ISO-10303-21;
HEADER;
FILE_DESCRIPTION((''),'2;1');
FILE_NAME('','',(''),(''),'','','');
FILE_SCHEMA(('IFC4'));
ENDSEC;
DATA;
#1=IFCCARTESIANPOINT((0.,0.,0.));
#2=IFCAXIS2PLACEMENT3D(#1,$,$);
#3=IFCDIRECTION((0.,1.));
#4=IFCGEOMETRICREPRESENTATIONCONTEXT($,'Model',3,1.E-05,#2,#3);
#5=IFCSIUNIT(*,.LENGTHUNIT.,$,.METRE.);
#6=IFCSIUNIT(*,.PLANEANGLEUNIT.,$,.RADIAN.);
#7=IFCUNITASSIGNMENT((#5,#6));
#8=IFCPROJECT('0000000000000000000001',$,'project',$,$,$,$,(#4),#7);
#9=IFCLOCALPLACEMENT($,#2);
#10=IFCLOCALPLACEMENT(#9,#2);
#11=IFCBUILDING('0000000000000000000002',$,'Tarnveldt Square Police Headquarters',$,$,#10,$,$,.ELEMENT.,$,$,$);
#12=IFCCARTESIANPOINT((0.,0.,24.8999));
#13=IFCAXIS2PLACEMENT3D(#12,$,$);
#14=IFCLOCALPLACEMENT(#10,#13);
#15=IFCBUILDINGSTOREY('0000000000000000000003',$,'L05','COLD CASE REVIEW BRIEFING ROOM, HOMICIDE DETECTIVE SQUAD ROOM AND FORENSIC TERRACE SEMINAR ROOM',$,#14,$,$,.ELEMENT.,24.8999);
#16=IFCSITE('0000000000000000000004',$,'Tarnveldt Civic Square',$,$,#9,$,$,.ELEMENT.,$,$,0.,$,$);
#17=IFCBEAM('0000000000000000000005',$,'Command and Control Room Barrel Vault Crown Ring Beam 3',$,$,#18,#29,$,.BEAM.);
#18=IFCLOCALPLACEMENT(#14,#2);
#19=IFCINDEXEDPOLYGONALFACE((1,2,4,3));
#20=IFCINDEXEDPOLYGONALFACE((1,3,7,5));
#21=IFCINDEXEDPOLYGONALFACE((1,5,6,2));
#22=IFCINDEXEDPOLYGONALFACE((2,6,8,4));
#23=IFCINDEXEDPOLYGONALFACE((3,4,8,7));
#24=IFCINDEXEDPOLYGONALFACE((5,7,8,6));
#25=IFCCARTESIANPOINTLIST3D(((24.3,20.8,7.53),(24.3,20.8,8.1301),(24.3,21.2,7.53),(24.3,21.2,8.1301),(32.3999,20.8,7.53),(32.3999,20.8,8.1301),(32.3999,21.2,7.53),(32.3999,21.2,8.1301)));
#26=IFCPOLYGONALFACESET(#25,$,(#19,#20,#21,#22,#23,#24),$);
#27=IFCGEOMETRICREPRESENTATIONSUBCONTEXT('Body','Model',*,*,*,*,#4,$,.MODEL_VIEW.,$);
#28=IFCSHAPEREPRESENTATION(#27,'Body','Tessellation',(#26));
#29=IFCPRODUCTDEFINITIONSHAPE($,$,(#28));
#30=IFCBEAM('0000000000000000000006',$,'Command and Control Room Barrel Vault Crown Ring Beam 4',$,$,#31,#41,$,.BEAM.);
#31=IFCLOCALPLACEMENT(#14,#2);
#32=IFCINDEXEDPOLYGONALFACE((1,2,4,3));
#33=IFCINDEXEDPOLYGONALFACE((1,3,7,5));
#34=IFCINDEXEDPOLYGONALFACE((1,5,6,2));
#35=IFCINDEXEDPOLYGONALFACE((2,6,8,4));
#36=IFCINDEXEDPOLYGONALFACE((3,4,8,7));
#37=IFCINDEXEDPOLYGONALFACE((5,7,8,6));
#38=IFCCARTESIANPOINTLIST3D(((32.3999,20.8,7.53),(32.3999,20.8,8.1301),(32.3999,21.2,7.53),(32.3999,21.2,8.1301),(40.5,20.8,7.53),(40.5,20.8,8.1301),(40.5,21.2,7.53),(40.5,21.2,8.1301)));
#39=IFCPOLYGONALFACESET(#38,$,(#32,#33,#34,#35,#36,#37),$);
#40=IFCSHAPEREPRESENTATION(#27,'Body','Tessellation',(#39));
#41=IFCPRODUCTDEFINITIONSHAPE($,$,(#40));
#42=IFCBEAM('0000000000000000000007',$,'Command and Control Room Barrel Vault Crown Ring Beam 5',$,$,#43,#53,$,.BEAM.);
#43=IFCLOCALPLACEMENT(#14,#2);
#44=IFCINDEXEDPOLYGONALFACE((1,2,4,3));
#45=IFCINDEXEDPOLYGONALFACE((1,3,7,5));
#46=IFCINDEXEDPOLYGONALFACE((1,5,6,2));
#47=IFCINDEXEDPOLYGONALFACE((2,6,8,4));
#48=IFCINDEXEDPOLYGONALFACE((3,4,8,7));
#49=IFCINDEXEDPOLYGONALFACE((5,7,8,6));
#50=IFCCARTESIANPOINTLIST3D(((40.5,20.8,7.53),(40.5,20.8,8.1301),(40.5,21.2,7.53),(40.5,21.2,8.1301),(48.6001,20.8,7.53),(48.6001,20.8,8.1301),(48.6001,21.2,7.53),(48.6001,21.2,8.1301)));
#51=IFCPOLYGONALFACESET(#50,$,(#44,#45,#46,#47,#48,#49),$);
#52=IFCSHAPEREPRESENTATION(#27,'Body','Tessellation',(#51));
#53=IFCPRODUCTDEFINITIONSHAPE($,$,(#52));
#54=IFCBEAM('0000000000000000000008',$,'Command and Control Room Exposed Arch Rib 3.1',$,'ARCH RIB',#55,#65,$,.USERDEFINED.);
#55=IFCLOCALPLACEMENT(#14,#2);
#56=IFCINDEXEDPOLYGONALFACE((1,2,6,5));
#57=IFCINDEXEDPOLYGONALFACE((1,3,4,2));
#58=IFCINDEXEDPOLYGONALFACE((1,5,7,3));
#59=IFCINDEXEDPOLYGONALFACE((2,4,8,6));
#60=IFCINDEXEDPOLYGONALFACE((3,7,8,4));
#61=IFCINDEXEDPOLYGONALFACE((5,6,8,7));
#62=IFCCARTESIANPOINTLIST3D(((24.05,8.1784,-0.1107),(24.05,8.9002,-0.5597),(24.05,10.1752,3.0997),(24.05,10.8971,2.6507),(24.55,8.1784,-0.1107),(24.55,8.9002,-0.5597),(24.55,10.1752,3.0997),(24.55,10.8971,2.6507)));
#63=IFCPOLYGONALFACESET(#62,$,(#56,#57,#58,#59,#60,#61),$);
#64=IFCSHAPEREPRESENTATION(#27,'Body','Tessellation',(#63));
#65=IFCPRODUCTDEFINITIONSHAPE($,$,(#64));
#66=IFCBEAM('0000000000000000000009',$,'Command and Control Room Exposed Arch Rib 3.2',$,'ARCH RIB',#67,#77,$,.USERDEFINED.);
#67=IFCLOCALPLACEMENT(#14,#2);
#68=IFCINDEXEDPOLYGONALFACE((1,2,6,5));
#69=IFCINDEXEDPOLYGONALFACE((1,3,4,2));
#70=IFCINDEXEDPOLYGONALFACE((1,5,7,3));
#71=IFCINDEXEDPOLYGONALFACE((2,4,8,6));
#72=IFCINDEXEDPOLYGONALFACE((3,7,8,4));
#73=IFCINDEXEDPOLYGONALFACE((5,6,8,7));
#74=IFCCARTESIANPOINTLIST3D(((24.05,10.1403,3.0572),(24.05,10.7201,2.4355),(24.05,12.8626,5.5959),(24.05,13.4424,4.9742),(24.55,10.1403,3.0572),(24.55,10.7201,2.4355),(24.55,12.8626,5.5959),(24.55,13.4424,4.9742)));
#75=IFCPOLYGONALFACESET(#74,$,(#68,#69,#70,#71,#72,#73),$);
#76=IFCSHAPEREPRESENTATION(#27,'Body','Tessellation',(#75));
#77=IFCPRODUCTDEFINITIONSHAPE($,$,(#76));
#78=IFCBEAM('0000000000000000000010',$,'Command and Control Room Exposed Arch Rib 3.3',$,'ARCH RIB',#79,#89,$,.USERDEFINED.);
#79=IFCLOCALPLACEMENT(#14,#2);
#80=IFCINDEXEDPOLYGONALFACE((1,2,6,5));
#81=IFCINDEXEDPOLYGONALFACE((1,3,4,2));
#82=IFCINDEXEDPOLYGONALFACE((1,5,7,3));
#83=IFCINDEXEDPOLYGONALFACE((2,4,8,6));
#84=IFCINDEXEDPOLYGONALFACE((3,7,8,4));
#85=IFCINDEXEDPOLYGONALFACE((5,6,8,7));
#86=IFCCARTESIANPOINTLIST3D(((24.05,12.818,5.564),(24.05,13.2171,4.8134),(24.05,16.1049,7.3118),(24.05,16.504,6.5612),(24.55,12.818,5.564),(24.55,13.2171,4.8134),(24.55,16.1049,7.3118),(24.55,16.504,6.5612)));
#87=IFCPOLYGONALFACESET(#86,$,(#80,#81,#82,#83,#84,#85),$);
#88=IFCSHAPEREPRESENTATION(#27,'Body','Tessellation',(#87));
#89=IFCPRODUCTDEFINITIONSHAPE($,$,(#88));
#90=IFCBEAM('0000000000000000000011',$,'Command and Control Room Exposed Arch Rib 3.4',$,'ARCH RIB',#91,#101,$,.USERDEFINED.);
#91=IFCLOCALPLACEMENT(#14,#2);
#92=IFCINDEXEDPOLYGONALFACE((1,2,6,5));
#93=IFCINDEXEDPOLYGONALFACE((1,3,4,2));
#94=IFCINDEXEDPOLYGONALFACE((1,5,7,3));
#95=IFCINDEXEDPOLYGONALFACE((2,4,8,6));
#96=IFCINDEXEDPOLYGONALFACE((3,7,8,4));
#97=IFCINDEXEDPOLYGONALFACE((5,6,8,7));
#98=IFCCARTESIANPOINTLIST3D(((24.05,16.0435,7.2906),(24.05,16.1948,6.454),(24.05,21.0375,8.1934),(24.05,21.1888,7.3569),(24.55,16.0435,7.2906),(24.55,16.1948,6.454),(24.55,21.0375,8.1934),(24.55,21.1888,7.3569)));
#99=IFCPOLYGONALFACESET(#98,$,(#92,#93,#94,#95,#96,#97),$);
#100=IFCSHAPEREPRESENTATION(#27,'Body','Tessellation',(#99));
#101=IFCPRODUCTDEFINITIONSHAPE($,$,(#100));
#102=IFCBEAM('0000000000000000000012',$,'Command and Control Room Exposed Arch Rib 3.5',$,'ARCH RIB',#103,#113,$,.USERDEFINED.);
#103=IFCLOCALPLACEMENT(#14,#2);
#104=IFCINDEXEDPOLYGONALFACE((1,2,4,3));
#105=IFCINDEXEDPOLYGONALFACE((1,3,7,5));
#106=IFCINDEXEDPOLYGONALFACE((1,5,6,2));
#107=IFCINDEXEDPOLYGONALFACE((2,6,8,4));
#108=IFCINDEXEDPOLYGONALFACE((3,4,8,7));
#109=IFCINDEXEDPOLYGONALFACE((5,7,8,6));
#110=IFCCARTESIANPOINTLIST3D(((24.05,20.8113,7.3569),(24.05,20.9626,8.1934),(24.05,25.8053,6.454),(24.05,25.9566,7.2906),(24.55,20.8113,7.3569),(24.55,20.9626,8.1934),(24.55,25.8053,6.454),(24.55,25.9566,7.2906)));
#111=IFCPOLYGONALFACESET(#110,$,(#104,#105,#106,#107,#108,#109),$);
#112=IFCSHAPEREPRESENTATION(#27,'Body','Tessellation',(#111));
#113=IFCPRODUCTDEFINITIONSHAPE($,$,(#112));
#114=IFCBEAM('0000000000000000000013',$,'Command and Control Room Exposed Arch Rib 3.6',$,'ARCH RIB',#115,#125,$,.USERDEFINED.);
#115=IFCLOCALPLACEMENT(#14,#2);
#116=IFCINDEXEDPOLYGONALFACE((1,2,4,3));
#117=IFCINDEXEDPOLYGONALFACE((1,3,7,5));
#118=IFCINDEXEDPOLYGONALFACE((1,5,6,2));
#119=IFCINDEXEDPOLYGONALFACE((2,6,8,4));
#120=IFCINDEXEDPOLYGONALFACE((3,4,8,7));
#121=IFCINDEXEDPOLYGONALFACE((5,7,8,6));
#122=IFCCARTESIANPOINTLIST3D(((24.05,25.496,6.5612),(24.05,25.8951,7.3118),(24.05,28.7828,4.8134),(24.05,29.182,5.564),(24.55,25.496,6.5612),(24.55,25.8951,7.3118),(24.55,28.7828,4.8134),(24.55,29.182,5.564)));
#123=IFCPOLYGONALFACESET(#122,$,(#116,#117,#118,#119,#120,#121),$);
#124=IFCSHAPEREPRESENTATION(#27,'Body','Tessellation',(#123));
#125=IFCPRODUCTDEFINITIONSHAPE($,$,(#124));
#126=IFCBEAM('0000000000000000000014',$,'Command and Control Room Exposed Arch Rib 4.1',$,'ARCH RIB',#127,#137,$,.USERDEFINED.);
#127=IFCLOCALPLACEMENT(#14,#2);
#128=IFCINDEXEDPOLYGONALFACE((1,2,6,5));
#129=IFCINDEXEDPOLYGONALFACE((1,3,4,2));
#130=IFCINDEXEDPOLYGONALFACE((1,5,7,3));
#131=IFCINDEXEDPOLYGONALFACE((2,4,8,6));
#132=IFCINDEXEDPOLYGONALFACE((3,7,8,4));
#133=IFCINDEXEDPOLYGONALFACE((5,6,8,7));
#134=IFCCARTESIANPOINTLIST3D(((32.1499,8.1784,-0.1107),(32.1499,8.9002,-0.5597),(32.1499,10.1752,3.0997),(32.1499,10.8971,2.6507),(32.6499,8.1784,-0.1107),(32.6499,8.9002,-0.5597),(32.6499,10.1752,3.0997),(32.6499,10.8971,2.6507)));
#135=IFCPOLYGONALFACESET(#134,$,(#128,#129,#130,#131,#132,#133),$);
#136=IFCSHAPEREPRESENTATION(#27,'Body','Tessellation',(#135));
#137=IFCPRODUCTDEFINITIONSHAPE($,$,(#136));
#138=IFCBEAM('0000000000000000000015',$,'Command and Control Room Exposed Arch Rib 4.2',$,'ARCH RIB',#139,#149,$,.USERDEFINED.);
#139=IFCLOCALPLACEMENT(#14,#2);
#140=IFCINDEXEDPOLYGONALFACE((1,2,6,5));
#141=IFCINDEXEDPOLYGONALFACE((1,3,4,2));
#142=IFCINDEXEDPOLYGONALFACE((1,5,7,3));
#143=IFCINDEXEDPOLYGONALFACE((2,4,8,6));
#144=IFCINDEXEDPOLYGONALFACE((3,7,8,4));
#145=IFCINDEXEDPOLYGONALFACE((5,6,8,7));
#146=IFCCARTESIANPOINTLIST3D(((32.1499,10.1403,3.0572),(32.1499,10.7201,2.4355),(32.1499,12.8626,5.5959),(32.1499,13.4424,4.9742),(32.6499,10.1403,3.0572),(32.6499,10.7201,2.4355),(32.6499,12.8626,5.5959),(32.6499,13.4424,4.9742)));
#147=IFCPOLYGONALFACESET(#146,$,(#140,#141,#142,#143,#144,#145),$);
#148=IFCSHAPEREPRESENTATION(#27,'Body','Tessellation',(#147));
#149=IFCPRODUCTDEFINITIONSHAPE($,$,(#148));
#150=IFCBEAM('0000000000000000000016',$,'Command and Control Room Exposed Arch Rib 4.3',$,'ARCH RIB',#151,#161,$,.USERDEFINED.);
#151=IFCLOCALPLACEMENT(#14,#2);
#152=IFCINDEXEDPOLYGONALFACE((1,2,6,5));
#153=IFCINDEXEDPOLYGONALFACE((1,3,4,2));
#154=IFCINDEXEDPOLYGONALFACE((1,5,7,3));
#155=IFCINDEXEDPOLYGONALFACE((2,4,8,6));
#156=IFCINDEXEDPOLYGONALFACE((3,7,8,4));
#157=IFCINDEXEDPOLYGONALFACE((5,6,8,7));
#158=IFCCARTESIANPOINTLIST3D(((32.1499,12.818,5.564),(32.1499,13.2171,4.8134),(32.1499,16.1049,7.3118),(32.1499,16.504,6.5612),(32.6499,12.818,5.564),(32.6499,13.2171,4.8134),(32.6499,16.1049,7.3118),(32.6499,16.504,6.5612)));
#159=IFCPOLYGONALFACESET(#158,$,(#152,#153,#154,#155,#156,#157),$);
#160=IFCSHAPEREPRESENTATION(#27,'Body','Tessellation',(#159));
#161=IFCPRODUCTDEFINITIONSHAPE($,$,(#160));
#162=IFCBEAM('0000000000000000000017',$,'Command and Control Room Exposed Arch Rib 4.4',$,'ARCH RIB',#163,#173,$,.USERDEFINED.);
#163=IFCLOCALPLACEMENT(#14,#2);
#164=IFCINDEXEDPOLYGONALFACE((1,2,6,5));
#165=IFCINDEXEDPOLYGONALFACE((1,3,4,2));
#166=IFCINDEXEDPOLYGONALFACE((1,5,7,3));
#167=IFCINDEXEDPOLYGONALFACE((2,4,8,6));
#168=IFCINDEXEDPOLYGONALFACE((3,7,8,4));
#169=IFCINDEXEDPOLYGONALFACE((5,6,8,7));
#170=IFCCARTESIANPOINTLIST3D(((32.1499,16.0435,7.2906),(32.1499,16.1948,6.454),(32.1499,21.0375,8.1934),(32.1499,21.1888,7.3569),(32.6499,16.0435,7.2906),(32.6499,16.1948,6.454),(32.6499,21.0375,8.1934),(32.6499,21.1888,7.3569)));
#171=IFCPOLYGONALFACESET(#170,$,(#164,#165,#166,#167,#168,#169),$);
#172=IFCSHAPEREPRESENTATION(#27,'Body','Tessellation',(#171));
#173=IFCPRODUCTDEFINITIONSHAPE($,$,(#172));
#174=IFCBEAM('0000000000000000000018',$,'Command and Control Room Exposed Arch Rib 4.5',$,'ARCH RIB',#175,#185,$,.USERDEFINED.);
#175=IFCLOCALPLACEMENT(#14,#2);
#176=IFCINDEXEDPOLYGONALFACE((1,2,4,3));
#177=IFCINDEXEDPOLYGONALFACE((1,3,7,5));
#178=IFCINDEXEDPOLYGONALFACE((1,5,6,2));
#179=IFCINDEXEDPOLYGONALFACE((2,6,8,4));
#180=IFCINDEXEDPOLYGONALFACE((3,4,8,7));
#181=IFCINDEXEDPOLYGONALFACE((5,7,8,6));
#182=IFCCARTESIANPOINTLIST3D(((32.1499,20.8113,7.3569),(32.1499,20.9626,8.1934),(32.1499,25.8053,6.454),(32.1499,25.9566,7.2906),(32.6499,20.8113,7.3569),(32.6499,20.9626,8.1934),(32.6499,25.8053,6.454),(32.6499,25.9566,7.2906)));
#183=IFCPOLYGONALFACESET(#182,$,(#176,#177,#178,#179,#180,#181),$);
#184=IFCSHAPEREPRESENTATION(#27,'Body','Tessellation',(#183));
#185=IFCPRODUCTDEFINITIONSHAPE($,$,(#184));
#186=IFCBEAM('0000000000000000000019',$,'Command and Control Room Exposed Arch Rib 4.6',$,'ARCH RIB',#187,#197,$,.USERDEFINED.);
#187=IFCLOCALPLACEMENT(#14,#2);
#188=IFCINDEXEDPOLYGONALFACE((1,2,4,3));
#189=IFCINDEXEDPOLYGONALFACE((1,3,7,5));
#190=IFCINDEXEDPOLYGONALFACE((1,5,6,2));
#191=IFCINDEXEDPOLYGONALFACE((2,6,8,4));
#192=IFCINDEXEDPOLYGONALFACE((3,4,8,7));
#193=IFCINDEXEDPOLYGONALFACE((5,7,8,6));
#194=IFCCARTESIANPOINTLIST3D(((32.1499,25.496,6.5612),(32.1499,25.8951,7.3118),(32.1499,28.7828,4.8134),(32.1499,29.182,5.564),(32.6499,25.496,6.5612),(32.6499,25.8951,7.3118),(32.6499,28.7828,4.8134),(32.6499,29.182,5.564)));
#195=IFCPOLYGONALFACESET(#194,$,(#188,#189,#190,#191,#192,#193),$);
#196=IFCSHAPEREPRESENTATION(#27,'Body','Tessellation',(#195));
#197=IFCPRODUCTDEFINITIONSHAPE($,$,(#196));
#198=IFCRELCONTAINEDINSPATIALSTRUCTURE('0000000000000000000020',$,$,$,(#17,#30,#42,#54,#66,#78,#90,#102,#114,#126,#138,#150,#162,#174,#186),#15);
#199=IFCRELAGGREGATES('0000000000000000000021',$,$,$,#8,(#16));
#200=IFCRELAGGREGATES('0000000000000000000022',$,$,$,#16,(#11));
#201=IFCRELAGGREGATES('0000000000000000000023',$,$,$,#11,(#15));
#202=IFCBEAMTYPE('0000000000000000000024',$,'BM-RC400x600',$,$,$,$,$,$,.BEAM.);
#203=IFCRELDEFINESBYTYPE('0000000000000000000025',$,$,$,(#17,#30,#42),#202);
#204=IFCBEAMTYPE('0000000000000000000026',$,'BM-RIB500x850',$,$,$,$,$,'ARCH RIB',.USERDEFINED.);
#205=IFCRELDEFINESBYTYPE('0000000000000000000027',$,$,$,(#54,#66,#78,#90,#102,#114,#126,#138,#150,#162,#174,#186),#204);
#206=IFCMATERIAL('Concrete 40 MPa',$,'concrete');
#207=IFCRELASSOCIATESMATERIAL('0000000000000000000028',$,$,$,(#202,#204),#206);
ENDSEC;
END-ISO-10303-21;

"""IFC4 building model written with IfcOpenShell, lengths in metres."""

from ifc_helpers import new_model, si_unit, direction, frame, origin, origin_2d, place, context, subcontext, project, spatial, rectangle, extrude, material, material_profile, profile_set, type_object, element, save


model = new_model("IFC4")

# Units and contexts
model_context = context("Model", 3, precision=1e-05, world=origin(), true_north=direction((0.0, 1.0)))
body_context = subcontext(model_context, "Body", "Model", "MODEL_VIEW")
ifc_project = project(units=[si_unit("LENGTHUNIT", "METRE"), si_unit("PLANEANGLEUNIT", "RADIAN")], contexts=[model_context])

# Site, building, storey
site_placement = place(None, origin())
site = spatial("IfcSite", under=ifc_project, at=site_placement, Name="Tarnveldt Civic Square", CompositionType="ELEMENT", RefElevation=0.0)
building_placement = place(site_placement, origin())
building = spatial("IfcBuilding", under=site, at=building_placement, Name="Tarnveldt Square Police Headquarters", CompositionType="ELEMENT")
storey_placement = place(building_placement, frame((0.0, 0.0, 24.8999)))
storey = spatial("IfcBuildingStorey", under=building, at=storey_placement, Name="L05", Description="COLD CASE REVIEW BRIEFING ROOM, HOMICIDE DETECTIVE SQUAD ROOM AND FORENSIC TERRACE SEMINAR ROOM", CompositionType="ELEMENT", Elevation=24.8999)

# Beams
ifc_material = material(Name="Concrete 40 MPa", Category="concrete")
ifc_material_profile_1 = material_profile(ifc_material, rectangle(XDim=0.3999, YDim=0.6001, at=origin_2d()), Name="RC-B400x600")
ifc_profile_set_1 = profile_set([ifc_material_profile_1], Name="Concrete 40 MPa")
beam_type_1 = type_object("IfcBeamType", Name="BM-RC400x600", PredefinedType="BEAM", material=ifc_profile_set_1)
beam_1_placement = place(storey_placement, frame((24.3, 21.0, 7.8301), z_axis=(1.0, 0.0, 0.0), x_axis=(0.0, 1.0, 0.0)))
element("IfcBeam", 1, at=beam_1_placement, inside=storey, type_object=beam_type_1, Name="Command and Control Room Barrel Vault Crown Ring Beam 3", PredefinedType="BEAM", context=body_context, shape_type="SweptSolid", body=[
    extrude(rectangle(XDim=0.3999, YDim=0.6001, at=origin_2d()), origin(), (0.0, 0.0, 1.0), 8.0999),
])
for number, where, z_axis, x_axis, name in (
    (2, (32.3999, 21.0, 7.8301), (1.0, 0.0, 0.0), (0.0, 1.0, 0.0), "Command and Control Room Barrel Vault Crown Ring Beam 4"),
    (3, (40.5, 21.0, 7.8301), (1.0, 0.0, 0.0), (0.0, 1.0, 0.0), "Command and Control Room Barrel Vault Crown Ring Beam 5"),
):
    element("IfcBeam", number, at=place(storey_placement, frame(where, z_axis=z_axis, x_axis=x_axis)), inside=storey, type_object=beam_type_1, Name=name, PredefinedType="BEAM", context=body_context, shape_type="SweptSolid", body=[
        extrude(rectangle(XDim=0.3999, YDim=0.6001, at=origin_2d()), origin(), (0.0, 0.0, 1.0), 8.1001),
    ])
ifc_material_profile_2 = material_profile(ifc_material, rectangle(XDim=0.5, YDim=0.8501, at=origin_2d()), Name="RC-RIB500x850")
ifc_profile_set_2 = profile_set([ifc_material_profile_2], Name="Concrete 40 MPa")
beam_type_2 = type_object("IfcBeamType", Name="BM-RIB500x850", ElementType="ARCH RIB", PredefinedType="USERDEFINED", material=ifc_profile_set_2)
beam_2_placement = place(storey_placement, frame((24.3, 8.5393, -0.3352), z_axis=(0.0, 0.528152, 0.84915), x_axis=(-1.0, 0.0, 0.0)))
element("IfcBeam", 4, at=beam_2_placement, inside=storey, type_object=beam_type_2, Name="Command and Control Room Exposed Arch Rib 3.1", ObjectType="ARCH RIB", PredefinedType="USERDEFINED", context=body_context, shape_type="SweptSolid", body=[
    extrude(rectangle(XDim=0.5, YDim=0.8501, at=origin_2d()), origin(), (0.0, 0.0, 1.0), 3.7808),
])
beam_3_placement = place(storey_placement, frame((24.3, 10.4302, 2.7463), z_axis=(0.0, 0.731337, 0.682017), x_axis=(-1.0, 0.0, 0.0)))
element("IfcBeam", 5, at=beam_3_placement, inside=storey, type_object=beam_type_2, Name="Command and Control Room Exposed Arch Rib 3.2", ObjectType="ARCH RIB", PredefinedType="USERDEFINED", context=body_context, shape_type="SweptSolid", body=[
    extrude(rectangle(XDim=0.5, YDim=0.8501, at=origin_2d()), origin(), (0.0, 0.0, 1.0), 3.7224),
])
beam_4_placement = place(storey_placement, frame((24.3, 13.0176, 5.1887), z_axis=(0.0, 0.882931, 0.469502), x_axis=(-1.0, 0.0, 0.0)))
element("IfcBeam", 6, at=beam_4_placement, inside=storey, type_object=beam_type_2, Name="Command and Control Room Exposed Arch Rib 3.3", ObjectType="ARCH RIB", PredefinedType="USERDEFINED", context=body_context, shape_type="SweptSolid", body=[
    extrude(rectangle(XDim=0.5, YDim=0.8501, at=origin_2d()), origin(), (0.0, 0.0, 1.0), 3.7227),
])
for number, where, z_axis, x_axis, name in (
    (7, (24.3, 16.1191, 6.8723), (0.0, 0.984048, 0.177903), (-1.0, 0.0, 0.0), "Command and Control Room Exposed Arch Rib 3.4"),
    (8, (24.3, 20.887, 7.7751), (0.0, 0.984048, -0.177903), (-1.0, 0.0, 0.0), "Command and Control Room Exposed Arch Rib 3.5"),
):
    element("IfcBeam", number, at=place(storey_placement, frame(where, z_axis=z_axis, x_axis=x_axis)), inside=storey, type_object=beam_type_2, Name=name, ObjectType="ARCH RIB", PredefinedType="USERDEFINED", context=body_context, shape_type="SweptSolid", body=[
        extrude(rectangle(XDim=0.5, YDim=0.8501, at=origin_2d()), origin(), (0.0, 0.0, 1.0), 5.075),
    ])
beam_5_placement = place(storey_placement, frame((24.3, 25.6956, 6.9365), z_axis=(0.0, 0.882931, -0.469502), x_axis=(-1.0, 0.0, 0.0)))
element("IfcBeam", 9, at=beam_5_placement, inside=storey, type_object=beam_type_2, Name="Command and Control Room Exposed Arch Rib 3.6", ObjectType="ARCH RIB", PredefinedType="USERDEFINED", context=body_context, shape_type="SweptSolid", body=[
    extrude(rectangle(XDim=0.5, YDim=0.8501, at=origin_2d()), origin(), (0.0, 0.0, 1.0), 3.7227),
])
beam_6_placement = place(storey_placement, frame((32.3999, 8.5393, -0.3352), z_axis=(0.0, 0.528152, 0.84915), x_axis=(-1.0, 0.0, 0.0)))
element("IfcBeam", 10, at=beam_6_placement, inside=storey, type_object=beam_type_2, Name="Command and Control Room Exposed Arch Rib 4.1", ObjectType="ARCH RIB", PredefinedType="USERDEFINED", context=body_context, shape_type="SweptSolid", body=[
    extrude(rectangle(XDim=0.5, YDim=0.8501, at=origin_2d()), origin(), (0.0, 0.0, 1.0), 3.7808),
])
beam_7_placement = place(storey_placement, frame((32.3999, 10.4302, 2.7463), z_axis=(0.0, 0.731337, 0.682017), x_axis=(-1.0, 0.0, 0.0)))
element("IfcBeam", 11, at=beam_7_placement, inside=storey, type_object=beam_type_2, Name="Command and Control Room Exposed Arch Rib 4.2", ObjectType="ARCH RIB", PredefinedType="USERDEFINED", context=body_context, shape_type="SweptSolid", body=[
    extrude(rectangle(XDim=0.5, YDim=0.8501, at=origin_2d()), origin(), (0.0, 0.0, 1.0), 3.7224),
])
beam_8_placement = place(storey_placement, frame((32.3999, 13.0176, 5.1887), z_axis=(0.0, 0.882931, 0.469502), x_axis=(-1.0, 0.0, 0.0)))
element("IfcBeam", 12, at=beam_8_placement, inside=storey, type_object=beam_type_2, Name="Command and Control Room Exposed Arch Rib 4.3", ObjectType="ARCH RIB", PredefinedType="USERDEFINED", context=body_context, shape_type="SweptSolid", body=[
    extrude(rectangle(XDim=0.5, YDim=0.8501, at=origin_2d()), origin(), (0.0, 0.0, 1.0), 3.7227),
])
for number, where, z_axis, x_axis, name in (
    (13, (32.3999, 16.1191, 6.8723), (0.0, 0.984048, 0.177903), (-1.0, 0.0, 0.0), "Command and Control Room Exposed Arch Rib 4.4"),
    (14, (32.3999, 20.887, 7.7751), (0.0, 0.984048, -0.177903), (-1.0, 0.0, 0.0), "Command and Control Room Exposed Arch Rib 4.5"),
):
    element("IfcBeam", number, at=place(storey_placement, frame(where, z_axis=z_axis, x_axis=x_axis)), inside=storey, type_object=beam_type_2, Name=name, ObjectType="ARCH RIB", PredefinedType="USERDEFINED", context=body_context, shape_type="SweptSolid", body=[
        extrude(rectangle(XDim=0.5, YDim=0.8501, at=origin_2d()), origin(), (0.0, 0.0, 1.0), 5.075),
    ])
beam_9_placement = place(storey_placement, frame((32.3999, 25.6956, 6.9365), z_axis=(0.0, 0.882931, -0.469502), x_axis=(-1.0, 0.0, 0.0)))
element("IfcBeam", 15, at=beam_9_placement, inside=storey, type_object=beam_type_2, Name="Command and Control Room Exposed Arch Rib 4.6", ObjectType="ARCH RIB", PredefinedType="USERDEFINED", context=body_context, shape_type="SweptSolid", body=[
    extrude(rectangle(XDim=0.5, YDim=0.8501, at=origin_2d()), origin(), (0.0, 0.0, 1.0), 3.7227),
])

save(model, "model.ifc")
